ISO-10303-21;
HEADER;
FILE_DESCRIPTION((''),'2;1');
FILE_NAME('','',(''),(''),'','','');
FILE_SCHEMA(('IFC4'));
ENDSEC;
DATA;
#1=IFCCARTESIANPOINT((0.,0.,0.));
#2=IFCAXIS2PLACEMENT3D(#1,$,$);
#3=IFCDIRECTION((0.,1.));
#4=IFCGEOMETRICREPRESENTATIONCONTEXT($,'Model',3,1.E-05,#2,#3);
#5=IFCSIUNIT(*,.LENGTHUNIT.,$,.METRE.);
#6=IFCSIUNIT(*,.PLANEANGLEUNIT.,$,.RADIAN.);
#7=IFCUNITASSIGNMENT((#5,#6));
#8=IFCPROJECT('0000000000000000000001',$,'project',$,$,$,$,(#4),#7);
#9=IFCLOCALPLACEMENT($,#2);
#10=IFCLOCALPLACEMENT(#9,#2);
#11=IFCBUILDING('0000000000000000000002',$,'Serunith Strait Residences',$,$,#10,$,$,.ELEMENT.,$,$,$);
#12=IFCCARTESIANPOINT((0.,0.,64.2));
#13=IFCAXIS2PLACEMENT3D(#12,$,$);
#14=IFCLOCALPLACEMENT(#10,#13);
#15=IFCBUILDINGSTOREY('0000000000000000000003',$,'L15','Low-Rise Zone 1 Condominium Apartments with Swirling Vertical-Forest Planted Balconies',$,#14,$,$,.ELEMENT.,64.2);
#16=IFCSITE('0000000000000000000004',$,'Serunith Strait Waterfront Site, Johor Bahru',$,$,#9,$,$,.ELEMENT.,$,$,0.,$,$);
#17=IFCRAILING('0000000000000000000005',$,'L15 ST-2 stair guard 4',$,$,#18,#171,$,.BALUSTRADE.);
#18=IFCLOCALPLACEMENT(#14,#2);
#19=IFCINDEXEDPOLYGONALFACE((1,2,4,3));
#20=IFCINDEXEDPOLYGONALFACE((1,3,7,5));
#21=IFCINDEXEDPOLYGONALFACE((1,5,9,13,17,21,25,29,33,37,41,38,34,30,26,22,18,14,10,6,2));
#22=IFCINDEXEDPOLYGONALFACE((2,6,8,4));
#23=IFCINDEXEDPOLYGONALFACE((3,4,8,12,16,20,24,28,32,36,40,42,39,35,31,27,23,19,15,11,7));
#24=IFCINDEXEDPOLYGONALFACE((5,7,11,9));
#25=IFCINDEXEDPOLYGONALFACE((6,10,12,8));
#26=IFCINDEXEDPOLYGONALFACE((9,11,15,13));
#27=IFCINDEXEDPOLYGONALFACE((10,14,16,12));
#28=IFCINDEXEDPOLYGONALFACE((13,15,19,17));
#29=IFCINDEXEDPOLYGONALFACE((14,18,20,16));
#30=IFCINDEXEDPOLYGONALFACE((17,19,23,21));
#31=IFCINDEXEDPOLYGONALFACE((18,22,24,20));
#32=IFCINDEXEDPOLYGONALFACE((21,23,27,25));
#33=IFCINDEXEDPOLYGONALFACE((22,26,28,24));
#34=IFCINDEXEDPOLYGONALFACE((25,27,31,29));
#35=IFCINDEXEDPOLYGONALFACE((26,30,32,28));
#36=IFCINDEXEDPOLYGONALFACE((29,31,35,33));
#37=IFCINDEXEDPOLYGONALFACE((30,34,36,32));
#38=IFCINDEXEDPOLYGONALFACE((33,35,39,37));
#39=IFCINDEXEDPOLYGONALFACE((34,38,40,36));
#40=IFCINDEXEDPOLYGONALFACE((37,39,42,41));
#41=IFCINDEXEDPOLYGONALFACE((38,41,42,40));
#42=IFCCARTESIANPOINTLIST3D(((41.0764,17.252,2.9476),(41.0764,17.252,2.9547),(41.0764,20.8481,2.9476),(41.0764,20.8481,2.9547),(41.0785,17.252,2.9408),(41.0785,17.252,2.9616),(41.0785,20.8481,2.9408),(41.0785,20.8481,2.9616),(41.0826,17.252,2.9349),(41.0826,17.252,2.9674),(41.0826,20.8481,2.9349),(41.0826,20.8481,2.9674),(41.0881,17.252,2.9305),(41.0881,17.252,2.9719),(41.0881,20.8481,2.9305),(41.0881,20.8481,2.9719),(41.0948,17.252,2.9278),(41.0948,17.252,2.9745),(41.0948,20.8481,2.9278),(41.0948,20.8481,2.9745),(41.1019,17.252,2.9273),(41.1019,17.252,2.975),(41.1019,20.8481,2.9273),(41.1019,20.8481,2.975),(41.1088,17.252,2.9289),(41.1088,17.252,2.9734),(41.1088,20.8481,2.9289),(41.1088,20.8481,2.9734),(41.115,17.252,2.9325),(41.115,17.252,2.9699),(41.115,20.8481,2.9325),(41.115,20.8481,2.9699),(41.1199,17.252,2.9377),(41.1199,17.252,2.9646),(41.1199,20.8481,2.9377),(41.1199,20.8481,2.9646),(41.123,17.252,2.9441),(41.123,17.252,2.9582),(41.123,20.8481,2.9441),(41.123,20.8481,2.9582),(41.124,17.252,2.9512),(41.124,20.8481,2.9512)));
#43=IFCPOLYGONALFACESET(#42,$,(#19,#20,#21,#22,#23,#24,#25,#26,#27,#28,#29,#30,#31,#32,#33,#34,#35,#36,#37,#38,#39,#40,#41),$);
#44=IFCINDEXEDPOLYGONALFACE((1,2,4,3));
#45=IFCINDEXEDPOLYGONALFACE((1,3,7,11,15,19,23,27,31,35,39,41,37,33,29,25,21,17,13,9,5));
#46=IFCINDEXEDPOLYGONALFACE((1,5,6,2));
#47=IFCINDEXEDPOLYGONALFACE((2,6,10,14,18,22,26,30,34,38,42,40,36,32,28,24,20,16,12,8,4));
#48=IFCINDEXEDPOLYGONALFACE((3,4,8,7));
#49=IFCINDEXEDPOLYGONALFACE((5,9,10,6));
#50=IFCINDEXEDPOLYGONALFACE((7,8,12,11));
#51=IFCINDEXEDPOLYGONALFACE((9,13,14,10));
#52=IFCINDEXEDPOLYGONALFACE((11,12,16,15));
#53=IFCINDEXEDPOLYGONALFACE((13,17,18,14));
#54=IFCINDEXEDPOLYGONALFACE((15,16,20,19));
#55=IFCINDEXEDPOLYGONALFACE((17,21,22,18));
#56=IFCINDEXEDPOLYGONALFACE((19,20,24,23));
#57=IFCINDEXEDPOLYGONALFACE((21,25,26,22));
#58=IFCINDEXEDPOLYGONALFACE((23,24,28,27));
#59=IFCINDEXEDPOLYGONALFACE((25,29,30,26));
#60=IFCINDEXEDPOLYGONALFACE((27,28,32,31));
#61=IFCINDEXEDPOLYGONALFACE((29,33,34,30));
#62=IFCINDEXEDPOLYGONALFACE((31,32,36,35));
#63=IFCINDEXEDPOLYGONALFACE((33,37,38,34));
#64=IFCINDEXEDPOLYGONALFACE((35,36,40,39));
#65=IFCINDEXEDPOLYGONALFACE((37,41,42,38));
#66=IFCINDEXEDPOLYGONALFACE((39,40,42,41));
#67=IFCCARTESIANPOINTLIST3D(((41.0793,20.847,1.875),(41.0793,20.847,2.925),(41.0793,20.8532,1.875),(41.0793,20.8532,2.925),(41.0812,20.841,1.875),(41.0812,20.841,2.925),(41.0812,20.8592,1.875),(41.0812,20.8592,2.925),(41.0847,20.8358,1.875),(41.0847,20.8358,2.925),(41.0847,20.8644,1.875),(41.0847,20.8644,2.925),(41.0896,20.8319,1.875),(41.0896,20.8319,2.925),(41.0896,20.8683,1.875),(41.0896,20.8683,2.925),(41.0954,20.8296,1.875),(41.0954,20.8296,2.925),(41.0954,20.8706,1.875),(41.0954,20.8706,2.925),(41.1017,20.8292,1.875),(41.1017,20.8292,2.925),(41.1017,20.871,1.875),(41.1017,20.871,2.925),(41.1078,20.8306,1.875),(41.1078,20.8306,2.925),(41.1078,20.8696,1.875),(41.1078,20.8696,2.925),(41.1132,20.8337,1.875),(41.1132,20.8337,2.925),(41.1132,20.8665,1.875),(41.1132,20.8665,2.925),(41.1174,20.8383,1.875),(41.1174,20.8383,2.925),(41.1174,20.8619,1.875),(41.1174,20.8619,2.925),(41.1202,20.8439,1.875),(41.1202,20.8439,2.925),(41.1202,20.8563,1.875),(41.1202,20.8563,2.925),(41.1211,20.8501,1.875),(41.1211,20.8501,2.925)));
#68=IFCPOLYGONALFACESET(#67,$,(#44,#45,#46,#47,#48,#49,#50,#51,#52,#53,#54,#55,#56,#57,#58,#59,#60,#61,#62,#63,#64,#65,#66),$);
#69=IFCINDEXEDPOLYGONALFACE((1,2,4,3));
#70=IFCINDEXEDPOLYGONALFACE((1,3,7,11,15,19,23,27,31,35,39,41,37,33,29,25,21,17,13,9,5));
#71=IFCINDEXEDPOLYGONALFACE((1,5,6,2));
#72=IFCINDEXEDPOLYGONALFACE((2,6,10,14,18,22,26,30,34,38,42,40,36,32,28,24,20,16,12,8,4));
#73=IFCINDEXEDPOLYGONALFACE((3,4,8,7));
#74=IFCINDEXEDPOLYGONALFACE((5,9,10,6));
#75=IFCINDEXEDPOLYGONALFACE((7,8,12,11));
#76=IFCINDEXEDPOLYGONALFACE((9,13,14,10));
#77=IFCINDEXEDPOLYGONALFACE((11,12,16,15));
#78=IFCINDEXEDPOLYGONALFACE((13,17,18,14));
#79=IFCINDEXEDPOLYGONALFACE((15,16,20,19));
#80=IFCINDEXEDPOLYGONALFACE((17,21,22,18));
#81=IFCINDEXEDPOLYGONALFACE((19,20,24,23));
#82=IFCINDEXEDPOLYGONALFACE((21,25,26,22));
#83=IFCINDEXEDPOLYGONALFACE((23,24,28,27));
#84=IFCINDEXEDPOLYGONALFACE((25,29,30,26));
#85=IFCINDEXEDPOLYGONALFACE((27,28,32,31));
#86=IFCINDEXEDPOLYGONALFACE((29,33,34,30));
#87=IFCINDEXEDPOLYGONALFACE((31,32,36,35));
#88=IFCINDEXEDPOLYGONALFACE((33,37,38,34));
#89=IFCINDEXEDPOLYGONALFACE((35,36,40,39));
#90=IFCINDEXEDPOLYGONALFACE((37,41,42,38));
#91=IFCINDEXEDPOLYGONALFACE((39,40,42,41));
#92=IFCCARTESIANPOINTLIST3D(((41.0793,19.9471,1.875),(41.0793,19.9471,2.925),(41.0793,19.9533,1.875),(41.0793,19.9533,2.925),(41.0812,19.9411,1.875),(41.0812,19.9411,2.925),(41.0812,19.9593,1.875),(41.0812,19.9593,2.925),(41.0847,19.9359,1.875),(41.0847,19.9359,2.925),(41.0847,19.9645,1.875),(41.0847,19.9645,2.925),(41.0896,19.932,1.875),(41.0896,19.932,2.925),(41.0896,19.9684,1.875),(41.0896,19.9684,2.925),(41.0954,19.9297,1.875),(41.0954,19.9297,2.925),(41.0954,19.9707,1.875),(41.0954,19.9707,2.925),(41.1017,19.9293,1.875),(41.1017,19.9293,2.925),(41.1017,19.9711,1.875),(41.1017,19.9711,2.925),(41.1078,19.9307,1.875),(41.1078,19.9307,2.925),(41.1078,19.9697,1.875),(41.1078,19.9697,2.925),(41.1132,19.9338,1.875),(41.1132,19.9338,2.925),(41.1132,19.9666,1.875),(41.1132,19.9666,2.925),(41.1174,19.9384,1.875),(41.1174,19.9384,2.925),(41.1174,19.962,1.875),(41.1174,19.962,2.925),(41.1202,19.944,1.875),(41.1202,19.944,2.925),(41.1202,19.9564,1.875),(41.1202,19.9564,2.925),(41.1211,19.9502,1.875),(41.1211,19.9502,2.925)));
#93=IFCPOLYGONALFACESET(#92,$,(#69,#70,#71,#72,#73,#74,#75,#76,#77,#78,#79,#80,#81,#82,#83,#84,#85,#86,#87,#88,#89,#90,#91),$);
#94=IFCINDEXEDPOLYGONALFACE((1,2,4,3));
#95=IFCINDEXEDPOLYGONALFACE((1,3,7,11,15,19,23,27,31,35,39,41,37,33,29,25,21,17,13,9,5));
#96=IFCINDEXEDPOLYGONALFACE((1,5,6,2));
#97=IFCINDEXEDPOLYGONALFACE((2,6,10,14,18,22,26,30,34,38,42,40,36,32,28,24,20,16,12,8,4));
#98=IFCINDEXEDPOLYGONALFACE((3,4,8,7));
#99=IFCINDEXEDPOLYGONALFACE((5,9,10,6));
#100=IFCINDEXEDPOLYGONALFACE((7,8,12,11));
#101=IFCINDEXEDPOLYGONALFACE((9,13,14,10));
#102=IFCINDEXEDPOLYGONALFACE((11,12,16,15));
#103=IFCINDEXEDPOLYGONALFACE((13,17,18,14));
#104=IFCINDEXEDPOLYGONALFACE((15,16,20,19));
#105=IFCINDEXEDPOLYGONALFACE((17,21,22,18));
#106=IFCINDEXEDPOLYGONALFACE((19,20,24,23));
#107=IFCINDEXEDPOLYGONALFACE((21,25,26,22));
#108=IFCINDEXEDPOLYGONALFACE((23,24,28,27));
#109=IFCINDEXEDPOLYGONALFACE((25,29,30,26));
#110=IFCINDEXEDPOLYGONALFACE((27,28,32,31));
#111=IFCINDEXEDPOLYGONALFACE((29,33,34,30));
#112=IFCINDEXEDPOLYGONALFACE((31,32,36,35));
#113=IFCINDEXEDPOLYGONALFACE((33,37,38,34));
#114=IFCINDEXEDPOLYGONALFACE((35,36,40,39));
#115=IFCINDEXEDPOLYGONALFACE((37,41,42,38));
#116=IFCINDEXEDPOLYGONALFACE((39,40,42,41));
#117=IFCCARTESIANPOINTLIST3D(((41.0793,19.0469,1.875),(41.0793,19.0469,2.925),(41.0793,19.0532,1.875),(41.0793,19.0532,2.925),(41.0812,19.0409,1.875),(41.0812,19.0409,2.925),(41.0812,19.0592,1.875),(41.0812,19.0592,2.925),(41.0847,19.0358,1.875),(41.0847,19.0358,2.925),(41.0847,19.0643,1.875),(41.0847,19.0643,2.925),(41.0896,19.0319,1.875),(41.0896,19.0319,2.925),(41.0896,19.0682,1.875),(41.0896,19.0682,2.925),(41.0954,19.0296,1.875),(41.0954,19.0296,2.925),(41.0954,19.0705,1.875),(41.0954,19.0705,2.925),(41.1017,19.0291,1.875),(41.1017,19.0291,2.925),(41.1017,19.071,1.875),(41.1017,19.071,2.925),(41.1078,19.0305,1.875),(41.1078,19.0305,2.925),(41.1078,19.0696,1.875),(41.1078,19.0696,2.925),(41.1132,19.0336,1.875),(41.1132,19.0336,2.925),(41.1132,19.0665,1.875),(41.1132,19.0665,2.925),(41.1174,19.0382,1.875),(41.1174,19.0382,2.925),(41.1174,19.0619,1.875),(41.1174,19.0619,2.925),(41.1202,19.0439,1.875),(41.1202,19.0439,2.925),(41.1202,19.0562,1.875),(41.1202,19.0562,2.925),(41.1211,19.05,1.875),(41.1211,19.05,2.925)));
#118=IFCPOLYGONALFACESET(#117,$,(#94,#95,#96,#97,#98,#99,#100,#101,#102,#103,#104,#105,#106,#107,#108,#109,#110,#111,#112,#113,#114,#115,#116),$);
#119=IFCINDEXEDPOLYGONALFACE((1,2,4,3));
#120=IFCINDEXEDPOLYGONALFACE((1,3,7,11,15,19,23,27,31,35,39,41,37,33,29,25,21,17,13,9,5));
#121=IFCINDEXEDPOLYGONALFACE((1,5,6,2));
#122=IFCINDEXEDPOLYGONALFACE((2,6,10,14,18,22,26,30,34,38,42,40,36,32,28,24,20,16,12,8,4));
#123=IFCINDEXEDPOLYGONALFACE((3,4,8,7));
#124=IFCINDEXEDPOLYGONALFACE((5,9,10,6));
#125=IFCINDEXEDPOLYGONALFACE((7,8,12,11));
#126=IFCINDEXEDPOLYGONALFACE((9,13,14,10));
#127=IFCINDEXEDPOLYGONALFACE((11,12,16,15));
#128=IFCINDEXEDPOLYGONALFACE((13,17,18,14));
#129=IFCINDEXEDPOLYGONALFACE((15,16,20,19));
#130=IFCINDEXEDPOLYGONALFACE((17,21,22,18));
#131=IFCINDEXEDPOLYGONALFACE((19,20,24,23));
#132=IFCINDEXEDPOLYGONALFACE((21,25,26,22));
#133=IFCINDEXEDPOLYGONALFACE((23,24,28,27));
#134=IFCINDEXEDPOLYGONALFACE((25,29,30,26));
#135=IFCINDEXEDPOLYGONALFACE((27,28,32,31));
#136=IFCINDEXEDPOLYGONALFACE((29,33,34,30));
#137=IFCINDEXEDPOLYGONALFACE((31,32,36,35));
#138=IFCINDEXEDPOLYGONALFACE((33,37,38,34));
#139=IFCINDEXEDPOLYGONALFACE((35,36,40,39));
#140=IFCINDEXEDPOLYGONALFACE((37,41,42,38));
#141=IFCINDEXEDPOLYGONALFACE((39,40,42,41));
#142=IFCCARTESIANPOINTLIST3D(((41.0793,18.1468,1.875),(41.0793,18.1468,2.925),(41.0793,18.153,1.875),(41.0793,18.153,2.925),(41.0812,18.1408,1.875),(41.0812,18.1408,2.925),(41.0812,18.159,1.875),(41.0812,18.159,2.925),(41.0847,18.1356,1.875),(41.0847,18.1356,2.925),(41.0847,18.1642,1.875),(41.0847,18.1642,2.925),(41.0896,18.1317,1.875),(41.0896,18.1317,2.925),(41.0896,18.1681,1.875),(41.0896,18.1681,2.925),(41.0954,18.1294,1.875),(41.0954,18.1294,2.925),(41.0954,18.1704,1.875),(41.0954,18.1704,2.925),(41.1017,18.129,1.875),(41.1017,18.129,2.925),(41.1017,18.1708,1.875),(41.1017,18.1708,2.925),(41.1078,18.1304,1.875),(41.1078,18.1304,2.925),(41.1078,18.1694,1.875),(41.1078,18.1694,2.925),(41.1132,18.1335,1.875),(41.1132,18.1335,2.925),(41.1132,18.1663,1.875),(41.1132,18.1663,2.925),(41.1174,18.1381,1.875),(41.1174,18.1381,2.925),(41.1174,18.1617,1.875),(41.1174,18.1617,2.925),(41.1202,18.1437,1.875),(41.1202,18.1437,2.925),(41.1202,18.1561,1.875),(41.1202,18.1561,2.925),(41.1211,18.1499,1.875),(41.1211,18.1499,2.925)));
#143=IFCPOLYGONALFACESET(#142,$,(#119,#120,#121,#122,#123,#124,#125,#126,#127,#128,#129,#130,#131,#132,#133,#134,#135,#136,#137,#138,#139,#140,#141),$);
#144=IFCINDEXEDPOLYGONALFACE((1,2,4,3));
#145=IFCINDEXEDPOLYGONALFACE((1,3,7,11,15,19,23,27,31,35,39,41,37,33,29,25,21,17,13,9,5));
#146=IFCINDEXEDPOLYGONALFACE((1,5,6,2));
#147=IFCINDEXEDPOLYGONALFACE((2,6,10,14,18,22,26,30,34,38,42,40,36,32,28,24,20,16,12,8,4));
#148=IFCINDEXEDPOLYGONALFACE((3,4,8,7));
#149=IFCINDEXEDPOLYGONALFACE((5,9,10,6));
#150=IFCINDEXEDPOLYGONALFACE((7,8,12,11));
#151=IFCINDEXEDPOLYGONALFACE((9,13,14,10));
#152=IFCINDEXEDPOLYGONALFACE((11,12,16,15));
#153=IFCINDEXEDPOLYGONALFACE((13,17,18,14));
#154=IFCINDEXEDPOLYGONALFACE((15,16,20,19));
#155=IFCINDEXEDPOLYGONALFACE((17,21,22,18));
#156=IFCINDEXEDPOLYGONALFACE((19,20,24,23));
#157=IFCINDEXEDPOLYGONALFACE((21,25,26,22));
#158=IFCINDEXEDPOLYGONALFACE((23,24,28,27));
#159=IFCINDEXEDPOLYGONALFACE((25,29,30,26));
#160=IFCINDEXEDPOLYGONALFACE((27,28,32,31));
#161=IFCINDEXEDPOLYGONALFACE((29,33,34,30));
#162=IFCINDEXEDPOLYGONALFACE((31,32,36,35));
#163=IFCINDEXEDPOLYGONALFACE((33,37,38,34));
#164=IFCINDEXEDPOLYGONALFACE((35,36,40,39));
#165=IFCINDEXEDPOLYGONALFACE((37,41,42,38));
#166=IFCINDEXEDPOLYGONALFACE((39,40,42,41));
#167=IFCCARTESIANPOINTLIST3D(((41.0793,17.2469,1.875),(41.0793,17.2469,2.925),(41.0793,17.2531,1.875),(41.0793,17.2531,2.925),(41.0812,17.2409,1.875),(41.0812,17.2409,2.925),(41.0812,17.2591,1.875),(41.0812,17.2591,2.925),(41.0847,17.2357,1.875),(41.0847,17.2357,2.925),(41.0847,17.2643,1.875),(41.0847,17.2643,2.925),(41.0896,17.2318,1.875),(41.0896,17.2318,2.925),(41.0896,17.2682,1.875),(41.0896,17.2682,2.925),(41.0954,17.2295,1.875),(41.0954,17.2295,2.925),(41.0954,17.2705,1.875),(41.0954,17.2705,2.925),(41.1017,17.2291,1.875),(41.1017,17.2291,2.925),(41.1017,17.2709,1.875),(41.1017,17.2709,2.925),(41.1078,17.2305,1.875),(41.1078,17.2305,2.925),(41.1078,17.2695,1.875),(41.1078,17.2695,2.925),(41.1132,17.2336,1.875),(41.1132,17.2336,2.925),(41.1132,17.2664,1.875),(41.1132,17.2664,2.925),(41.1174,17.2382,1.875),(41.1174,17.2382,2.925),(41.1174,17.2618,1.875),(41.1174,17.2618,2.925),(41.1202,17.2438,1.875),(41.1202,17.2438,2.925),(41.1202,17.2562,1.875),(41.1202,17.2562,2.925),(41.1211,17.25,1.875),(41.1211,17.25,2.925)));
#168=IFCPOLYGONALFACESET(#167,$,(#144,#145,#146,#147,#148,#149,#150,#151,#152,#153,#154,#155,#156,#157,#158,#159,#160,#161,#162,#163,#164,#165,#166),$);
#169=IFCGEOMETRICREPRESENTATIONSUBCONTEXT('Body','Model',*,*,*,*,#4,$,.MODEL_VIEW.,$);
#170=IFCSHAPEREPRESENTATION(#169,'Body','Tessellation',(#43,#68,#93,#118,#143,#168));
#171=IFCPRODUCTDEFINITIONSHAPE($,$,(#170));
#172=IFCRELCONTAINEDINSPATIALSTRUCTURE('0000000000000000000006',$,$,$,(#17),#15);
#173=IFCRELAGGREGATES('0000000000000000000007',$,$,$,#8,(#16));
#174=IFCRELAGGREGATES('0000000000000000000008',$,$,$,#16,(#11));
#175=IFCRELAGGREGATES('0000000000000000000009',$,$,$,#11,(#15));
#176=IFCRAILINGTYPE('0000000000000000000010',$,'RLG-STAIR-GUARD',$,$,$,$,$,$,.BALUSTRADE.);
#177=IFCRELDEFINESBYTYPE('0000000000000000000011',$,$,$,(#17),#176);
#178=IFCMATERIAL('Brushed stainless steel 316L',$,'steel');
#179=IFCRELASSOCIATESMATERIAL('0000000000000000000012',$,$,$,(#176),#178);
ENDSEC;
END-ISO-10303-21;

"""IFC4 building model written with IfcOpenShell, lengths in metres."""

from ifc_helpers import new_model, si_unit, direction, frame, origin, origin_2d, place, context, subcontext, project, spatial, circle, extrude, material, type_object, element, save


model = new_model("IFC4")

# Units and contexts
model_context = context("Model", 3, precision=1e-05, world=origin(), true_north=direction((0.0, 1.0)))
body_context = subcontext(model_context, "Body", "Model", "MODEL_VIEW")
ifc_project = project(units=[si_unit("LENGTHUNIT", "METRE"), si_unit("PLANEANGLEUNIT", "RADIAN")], contexts=[model_context])

# Site, building, storey
site_placement = place(None, origin())
site = spatial("IfcSite", under=ifc_project, at=site_placement, Name="Serunith Strait Waterfront Site, Johor Bahru", CompositionType="ELEMENT", RefElevation=0.0)
building_placement = place(site_placement, origin())
building = spatial("IfcBuilding", under=site, at=building_placement, Name="Serunith Strait Residences", CompositionType="ELEMENT")
storey_placement = place(building_placement, frame((0.0, 0.0, 64.2)))
storey = spatial("IfcBuildingStorey", under=building, at=storey_placement, Name="L15", Description="Low-Rise Zone 1 Condominium Apartments with Swirling Vertical-Forest Planted Balconies", CompositionType="ELEMENT", Elevation=64.2)

# Railing
ifc_material_1 = material(Name="Brushed stainless steel 316L", Category="steel")
railing_type_1 = type_object("IfcRailingType", Name="RLG-STAIR-GUARD", PredefinedType="BALUSTRADE", material=ifc_material_1)
for number, where, name in (
    (1, (41.1001, 20.8501, 1.875), "L15 ST-2 stair guard 4"),
):
    element("IfcRailing", number, at=place(storey_placement, frame(where)), inside=storey, type_object=railing_type_1, Name=name, PredefinedType="BALUSTRADE", context=body_context, shape_type="SweptSolid", body=[
        extrude(circle(Radius=0.0239, at=origin_2d()), frame((0.0, -0.002, 1.0762), z_axis=(0.0, -1.0, 0.0), x_axis=(1.0, 0.0, 0.0)), (0.0, 0.0, 1.0), 3.5962),
        extrude(circle(Radius=0.021, at=origin_2d()), origin(), (0.0, 0.0, 1.0), 1.05),
        extrude(circle(Radius=0.021, at=origin_2d()), frame((0.0, -0.8999, 0.0)), (0.0, 0.0, 1.0), 1.05),
        extrude(circle(Radius=0.021, at=origin_2d()), frame((0.0, -1.8, 0.0)), (0.0, 0.0, 1.0), 1.05),
        extrude(circle(Radius=0.021, at=origin_2d()), frame((0.0, -2.7002, 0.0)), (0.0, 0.0, 1.0), 1.05),
        extrude(circle(Radius=0.021, at=origin_2d()), frame((0.0, -3.6001, 0.0)), (0.0, 0.0, 1.0), 1.05),
    ])

save(model, "model.ifc")
